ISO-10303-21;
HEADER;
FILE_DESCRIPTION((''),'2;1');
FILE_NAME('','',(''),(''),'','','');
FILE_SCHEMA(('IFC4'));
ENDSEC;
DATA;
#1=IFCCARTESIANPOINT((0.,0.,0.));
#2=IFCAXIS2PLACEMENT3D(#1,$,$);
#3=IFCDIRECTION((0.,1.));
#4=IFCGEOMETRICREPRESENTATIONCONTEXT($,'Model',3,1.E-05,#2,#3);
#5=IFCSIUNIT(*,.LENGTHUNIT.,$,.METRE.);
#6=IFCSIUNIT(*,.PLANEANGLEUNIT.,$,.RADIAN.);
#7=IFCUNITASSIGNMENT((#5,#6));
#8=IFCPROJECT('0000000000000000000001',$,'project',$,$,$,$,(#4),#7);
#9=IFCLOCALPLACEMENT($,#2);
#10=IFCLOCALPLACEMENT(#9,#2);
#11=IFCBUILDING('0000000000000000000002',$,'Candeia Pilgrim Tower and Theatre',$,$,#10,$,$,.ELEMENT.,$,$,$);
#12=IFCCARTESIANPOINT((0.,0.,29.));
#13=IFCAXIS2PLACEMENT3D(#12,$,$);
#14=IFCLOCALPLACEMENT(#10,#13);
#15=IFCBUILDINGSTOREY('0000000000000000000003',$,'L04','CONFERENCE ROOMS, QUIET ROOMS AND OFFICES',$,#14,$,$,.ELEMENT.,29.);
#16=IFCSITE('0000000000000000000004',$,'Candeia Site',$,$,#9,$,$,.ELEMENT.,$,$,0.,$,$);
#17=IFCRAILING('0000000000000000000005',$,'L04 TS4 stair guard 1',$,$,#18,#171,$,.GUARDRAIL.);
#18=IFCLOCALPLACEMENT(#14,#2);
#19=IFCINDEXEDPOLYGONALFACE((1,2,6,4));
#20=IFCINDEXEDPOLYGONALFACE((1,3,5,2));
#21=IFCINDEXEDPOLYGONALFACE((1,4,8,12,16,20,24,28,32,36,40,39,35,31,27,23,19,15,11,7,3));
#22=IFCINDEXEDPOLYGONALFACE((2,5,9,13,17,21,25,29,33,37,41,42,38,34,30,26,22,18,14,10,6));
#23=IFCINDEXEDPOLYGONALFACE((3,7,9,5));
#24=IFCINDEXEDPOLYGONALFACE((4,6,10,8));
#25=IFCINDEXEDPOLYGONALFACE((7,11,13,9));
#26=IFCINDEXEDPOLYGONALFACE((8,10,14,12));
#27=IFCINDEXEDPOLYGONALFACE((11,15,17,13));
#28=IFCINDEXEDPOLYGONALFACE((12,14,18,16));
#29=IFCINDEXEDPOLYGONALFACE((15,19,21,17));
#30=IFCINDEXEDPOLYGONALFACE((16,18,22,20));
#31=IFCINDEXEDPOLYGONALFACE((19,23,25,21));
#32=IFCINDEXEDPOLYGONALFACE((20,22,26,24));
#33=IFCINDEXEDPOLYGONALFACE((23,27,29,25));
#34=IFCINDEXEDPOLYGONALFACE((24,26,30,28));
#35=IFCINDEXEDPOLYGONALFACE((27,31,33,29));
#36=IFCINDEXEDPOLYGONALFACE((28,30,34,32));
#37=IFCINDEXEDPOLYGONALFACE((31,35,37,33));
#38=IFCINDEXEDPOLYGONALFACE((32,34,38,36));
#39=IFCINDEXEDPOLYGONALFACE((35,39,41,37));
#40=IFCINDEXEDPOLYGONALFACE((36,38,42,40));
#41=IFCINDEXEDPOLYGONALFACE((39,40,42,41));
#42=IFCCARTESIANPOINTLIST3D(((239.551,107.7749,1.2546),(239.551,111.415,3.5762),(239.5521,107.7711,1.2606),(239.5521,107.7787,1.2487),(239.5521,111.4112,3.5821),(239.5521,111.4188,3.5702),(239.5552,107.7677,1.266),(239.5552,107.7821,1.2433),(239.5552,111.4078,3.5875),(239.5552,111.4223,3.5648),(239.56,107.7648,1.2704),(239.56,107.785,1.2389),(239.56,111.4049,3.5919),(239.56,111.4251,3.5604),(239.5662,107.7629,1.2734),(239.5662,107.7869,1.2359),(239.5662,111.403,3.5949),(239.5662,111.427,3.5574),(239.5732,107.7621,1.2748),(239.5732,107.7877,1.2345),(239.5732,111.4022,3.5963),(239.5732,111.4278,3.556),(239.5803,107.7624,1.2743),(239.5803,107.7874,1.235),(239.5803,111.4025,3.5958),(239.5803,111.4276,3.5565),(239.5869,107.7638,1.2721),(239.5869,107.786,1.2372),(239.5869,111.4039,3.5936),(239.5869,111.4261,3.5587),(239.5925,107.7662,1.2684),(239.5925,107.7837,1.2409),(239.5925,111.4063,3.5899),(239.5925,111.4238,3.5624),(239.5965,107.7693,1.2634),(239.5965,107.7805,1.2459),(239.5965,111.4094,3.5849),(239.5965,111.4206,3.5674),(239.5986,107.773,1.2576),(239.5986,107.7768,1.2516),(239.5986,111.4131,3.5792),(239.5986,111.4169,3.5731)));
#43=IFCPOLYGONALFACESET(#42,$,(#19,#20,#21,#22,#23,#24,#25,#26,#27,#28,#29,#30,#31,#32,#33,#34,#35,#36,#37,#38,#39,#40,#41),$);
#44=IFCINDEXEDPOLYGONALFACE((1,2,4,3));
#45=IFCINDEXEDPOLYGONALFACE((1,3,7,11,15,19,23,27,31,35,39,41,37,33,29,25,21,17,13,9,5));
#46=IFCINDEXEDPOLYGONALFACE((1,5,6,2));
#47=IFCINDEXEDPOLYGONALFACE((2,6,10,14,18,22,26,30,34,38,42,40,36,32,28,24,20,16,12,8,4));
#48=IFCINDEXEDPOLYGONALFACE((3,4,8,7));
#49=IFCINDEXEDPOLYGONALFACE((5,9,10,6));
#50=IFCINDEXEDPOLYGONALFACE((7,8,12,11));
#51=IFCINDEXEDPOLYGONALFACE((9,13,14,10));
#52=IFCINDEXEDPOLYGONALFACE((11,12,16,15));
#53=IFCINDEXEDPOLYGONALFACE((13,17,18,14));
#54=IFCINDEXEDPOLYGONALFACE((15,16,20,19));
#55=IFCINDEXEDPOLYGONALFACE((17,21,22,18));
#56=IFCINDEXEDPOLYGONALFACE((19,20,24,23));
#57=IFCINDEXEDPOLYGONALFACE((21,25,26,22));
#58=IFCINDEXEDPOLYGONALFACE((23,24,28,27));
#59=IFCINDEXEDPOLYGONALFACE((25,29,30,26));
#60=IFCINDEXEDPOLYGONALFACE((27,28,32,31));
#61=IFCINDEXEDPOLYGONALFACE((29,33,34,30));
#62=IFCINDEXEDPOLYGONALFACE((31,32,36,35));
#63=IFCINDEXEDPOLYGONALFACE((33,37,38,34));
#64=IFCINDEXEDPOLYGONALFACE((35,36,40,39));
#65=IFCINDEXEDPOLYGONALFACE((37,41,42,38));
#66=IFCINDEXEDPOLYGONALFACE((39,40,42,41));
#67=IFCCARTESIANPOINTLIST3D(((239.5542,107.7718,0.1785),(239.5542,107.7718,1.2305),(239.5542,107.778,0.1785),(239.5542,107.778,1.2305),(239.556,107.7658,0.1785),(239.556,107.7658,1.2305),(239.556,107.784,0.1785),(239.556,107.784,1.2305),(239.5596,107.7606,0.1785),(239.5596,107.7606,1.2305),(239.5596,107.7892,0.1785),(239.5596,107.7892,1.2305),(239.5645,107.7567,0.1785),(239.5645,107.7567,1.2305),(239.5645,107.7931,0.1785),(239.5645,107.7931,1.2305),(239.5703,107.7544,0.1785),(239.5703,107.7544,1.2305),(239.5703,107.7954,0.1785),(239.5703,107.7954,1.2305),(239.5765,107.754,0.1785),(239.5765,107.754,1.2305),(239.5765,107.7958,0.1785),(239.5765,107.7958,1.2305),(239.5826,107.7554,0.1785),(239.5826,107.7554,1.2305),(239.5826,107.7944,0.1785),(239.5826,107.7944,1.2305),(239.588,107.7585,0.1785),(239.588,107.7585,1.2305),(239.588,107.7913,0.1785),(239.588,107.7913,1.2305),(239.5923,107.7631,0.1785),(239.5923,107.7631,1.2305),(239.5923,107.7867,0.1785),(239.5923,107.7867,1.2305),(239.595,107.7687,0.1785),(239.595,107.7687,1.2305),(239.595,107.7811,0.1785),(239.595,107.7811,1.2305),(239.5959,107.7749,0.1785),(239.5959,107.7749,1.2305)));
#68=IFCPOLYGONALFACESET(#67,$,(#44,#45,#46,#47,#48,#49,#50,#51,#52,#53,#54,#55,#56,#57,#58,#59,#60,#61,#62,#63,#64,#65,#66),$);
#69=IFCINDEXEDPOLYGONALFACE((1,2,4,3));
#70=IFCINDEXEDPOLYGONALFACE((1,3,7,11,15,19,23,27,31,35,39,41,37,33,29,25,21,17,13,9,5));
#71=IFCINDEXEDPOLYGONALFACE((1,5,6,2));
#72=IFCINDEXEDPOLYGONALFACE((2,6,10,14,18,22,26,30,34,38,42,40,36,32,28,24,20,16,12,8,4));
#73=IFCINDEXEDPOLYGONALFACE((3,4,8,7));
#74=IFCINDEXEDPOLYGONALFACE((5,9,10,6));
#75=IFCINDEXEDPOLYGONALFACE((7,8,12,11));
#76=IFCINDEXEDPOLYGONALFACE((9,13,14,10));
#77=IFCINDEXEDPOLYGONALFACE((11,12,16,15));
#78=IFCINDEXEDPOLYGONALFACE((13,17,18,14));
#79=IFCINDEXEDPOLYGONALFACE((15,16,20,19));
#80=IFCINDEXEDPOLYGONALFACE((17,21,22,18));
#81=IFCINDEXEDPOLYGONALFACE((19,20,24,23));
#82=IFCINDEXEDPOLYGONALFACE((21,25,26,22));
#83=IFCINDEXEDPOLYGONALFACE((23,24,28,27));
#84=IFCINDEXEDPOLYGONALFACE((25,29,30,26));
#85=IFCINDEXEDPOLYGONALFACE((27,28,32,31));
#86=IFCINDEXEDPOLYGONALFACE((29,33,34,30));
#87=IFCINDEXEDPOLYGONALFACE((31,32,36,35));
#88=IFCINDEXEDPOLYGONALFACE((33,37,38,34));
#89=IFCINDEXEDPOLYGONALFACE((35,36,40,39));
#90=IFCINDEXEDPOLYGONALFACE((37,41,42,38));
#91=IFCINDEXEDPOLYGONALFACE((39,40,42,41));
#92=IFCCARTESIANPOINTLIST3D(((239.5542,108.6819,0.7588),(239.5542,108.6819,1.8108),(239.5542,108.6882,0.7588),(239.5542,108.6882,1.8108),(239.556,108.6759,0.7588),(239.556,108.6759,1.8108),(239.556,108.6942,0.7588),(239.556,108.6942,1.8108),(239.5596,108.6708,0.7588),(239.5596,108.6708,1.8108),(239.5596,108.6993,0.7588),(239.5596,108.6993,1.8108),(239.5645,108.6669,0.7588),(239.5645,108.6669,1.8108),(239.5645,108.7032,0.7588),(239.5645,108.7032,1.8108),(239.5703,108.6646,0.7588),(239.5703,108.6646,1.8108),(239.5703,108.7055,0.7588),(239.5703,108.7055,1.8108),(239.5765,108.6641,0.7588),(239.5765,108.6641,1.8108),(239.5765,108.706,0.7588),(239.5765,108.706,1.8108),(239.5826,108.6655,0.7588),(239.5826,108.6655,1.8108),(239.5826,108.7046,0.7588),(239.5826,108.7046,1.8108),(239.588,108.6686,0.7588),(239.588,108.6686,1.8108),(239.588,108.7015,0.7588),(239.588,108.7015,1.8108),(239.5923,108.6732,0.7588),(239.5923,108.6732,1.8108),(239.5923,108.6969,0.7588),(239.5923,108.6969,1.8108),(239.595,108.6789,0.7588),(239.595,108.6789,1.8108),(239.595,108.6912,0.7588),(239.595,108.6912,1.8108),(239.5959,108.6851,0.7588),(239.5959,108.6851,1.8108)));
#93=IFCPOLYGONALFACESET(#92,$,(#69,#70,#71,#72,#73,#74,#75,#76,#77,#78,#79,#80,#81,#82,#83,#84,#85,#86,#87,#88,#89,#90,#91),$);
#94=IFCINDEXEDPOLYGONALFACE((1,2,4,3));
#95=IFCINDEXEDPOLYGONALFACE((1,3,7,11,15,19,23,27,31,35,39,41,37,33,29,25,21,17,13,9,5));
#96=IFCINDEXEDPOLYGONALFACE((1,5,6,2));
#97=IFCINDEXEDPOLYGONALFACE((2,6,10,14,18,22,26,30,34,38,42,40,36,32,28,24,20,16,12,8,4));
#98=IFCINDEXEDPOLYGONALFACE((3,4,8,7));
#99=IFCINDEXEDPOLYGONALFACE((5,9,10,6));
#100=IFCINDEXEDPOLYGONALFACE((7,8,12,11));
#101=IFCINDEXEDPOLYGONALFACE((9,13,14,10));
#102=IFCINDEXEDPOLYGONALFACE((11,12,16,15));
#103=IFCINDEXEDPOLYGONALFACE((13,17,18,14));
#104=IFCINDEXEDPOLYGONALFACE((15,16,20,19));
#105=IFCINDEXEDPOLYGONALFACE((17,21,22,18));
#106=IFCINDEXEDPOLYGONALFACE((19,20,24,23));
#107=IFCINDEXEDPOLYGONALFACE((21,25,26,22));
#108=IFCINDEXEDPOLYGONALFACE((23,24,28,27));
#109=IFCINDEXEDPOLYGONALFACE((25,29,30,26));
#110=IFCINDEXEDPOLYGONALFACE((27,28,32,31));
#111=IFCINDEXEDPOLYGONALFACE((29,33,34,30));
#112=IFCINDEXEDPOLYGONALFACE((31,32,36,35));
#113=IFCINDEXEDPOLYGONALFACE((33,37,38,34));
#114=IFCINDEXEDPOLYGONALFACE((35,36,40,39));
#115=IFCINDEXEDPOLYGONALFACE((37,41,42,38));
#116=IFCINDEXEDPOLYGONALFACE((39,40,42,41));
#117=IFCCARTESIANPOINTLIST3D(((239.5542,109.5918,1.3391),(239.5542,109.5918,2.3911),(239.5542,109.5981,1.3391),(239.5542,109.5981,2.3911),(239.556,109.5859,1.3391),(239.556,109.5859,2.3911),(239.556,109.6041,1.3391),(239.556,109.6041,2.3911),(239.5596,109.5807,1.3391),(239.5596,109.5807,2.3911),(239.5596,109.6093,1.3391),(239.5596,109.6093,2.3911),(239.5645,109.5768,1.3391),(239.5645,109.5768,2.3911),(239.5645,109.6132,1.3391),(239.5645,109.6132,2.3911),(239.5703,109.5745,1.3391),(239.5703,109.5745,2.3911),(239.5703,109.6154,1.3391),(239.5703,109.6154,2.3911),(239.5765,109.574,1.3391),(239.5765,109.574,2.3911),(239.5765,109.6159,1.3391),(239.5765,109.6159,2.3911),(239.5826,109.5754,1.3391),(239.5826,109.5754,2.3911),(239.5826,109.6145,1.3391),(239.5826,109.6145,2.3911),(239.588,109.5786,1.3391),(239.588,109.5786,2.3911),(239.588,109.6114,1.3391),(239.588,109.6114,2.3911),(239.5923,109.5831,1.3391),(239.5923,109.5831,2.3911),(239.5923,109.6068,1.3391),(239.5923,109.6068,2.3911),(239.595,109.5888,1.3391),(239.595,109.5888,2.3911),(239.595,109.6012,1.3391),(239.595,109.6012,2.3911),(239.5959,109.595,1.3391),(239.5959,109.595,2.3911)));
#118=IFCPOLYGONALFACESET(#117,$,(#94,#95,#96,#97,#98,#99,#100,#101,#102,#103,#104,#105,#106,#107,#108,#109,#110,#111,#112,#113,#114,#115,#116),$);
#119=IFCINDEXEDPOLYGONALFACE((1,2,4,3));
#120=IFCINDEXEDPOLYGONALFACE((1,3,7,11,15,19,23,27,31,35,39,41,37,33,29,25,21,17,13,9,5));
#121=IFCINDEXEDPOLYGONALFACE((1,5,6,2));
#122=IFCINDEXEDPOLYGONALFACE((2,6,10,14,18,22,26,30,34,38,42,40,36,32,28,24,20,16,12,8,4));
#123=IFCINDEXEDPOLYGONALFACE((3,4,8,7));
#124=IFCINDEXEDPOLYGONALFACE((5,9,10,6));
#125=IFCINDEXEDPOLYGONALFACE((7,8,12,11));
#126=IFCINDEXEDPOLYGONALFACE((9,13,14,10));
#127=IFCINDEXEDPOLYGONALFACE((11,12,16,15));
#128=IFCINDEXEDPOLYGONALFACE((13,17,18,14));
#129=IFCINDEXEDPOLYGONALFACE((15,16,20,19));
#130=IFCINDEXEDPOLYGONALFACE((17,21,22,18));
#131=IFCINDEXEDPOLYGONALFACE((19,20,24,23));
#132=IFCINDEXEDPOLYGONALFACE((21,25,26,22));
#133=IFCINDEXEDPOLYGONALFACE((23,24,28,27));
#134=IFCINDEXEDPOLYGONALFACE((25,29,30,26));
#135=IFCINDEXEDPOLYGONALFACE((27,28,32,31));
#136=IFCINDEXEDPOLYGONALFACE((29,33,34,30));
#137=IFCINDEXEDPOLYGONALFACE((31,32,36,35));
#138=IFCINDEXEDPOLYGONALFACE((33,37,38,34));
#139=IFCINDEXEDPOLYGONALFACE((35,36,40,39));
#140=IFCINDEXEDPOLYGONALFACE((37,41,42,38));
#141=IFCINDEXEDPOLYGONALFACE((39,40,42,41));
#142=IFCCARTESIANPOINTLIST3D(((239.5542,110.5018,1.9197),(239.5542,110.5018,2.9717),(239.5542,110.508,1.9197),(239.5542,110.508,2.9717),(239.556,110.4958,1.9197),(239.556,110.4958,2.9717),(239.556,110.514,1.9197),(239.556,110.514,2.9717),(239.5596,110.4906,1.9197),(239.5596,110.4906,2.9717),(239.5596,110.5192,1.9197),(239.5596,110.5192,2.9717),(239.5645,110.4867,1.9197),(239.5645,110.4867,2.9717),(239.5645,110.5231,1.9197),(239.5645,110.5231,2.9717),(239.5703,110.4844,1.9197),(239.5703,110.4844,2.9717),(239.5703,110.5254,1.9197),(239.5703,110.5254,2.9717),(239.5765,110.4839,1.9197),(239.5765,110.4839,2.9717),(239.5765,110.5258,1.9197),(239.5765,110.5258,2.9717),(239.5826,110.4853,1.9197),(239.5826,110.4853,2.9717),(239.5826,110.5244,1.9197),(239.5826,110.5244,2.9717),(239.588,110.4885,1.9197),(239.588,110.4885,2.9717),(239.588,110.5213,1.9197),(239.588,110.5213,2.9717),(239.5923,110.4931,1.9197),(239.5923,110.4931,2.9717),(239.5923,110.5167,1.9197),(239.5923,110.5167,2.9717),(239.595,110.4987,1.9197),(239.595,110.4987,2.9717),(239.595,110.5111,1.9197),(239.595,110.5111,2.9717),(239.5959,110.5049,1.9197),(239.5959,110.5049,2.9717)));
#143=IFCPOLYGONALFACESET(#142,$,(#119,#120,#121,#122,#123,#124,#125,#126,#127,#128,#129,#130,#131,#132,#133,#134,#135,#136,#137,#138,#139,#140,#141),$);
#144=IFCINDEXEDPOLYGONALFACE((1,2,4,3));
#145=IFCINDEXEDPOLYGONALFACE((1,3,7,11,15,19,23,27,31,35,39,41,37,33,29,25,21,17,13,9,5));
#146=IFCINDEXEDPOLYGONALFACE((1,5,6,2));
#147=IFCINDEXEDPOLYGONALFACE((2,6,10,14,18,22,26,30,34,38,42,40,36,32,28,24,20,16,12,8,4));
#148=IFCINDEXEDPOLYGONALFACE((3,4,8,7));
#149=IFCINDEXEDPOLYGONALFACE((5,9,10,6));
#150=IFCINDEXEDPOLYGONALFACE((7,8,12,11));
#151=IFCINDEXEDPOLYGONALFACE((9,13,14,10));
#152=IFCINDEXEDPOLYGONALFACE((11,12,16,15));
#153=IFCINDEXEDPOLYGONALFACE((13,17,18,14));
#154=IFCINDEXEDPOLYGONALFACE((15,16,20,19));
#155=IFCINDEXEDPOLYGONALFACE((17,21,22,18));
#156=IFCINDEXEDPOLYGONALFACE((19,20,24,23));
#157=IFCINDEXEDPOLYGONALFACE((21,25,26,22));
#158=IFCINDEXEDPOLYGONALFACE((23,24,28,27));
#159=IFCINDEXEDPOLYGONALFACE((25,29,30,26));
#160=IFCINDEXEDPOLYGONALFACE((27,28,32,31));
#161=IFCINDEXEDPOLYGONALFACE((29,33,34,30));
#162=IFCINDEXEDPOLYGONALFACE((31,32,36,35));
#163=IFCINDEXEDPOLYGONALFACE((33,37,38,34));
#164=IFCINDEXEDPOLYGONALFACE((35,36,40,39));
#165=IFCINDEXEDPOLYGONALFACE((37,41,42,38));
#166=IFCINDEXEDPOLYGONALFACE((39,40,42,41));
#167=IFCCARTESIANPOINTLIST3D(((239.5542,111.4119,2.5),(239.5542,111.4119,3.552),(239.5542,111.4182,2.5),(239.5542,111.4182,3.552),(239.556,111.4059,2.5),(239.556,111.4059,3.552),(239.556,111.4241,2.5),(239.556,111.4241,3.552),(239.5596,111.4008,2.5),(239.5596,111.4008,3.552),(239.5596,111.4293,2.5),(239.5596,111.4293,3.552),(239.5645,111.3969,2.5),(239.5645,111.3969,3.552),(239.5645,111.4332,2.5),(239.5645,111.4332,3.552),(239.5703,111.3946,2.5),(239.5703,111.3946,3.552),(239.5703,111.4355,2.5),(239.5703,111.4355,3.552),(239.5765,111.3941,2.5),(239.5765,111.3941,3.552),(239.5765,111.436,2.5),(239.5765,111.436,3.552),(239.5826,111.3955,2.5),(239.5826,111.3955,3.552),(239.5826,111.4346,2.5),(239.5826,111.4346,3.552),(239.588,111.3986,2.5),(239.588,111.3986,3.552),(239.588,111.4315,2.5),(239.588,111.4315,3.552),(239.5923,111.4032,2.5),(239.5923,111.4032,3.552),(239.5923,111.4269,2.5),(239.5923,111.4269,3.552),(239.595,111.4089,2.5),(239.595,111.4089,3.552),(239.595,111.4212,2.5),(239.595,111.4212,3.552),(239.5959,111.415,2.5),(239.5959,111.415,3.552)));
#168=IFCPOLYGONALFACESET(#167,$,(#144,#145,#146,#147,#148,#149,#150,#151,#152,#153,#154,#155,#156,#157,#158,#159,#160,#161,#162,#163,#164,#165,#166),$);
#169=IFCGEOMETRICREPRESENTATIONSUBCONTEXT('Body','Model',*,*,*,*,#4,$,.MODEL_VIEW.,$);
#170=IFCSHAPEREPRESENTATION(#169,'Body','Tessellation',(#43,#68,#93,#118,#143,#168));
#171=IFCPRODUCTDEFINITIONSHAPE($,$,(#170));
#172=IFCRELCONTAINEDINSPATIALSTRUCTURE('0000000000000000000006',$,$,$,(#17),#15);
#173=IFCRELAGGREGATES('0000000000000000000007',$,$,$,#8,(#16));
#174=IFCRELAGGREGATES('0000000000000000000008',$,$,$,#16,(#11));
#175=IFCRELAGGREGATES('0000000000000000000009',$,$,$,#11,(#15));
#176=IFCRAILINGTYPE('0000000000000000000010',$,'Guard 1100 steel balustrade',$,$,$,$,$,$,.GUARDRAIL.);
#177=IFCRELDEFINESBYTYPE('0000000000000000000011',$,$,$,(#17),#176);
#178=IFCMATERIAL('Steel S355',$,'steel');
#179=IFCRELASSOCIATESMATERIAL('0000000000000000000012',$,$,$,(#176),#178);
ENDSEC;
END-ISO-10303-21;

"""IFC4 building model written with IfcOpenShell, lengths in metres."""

from ifc_helpers import new_model, si_unit, direction, frame, origin, origin_2d, place, context, subcontext, project, spatial, circle, extrude, material, type_object, element, save


model = new_model("IFC4")

# Units and contexts
model_context = context("Model", 3, precision=1e-05, world=origin(), true_north=direction((0.0, 1.0)))
body_context = subcontext(model_context, "Body", "Model", "MODEL_VIEW")
ifc_project = project(units=[si_unit("LENGTHUNIT", "METRE"), si_unit("PLANEANGLEUNIT", "RADIAN")], contexts=[model_context])

# Site, building, storey
site_placement = place(None, origin())
site = spatial("IfcSite", under=ifc_project, at=site_placement, Name="Candeia Site", CompositionType="ELEMENT", RefElevation=0.0)
building_placement = place(site_placement, origin())
building = spatial("IfcBuilding", under=site, at=building_placement, Name="Candeia Pilgrim Tower and Theatre", CompositionType="ELEMENT")
storey_placement = place(building_placement, frame((0.0, 0.0, 29.0)))
storey = spatial("IfcBuildingStorey", under=building, at=storey_placement, Name="L04", Description="CONFERENCE ROOMS, QUIET ROOMS AND OFFICES", CompositionType="ELEMENT", Elevation=29.0)

# Railing
ifc_material_1 = material(Name="Steel S355", Category="steel")
railing_type_1 = type_object("IfcRailingType", Name="Guard 1100 steel balustrade", PredefinedType="GUARDRAIL", material=ifc_material_1)
railing_1_placement = place(storey_placement, frame((239.575, 107.7749, 0.1785)))
element("IfcRailing", 1, at=railing_1_placement, inside=storey, type_object=railing_type_1, Name="L04 TS4 stair guard 1", PredefinedType="GUARDRAIL", context=body_context, shape_type="SweptSolid", body=[
    extrude(circle(Radius=0.0239, at=origin_2d()), frame((0.0, 0.0, 1.0762), z_axis=(0.0, 0.843128, 0.537713), x_axis=(-1.0, 0.0, 0.0)), (0.0, 0.0, 1.0), 4.3174),
    extrude(circle(Radius=0.021, at=origin_2d()), origin(), (0.0, 0.0, 1.0), 1.052),
    extrude(circle(Radius=0.021, at=origin_2d()), frame((0.0, 0.9102, 0.5803)), (0.0, 0.0, 1.0), 1.052),
    extrude(circle(Radius=0.021, at=origin_2d()), frame((0.0, 1.8201, 1.1606)), (0.0, 0.0, 1.0), 1.052),
    extrude(circle(Radius=0.021, at=origin_2d()), frame((0.0, 2.73, 1.7412)), (0.0, 0.0, 1.0), 1.052),
    extrude(circle(Radius=0.021, at=origin_2d()), frame((0.0, 3.6401, 2.3215)), (0.0, 0.0, 1.0), 1.052),
])

save(model, "model.ifc")
